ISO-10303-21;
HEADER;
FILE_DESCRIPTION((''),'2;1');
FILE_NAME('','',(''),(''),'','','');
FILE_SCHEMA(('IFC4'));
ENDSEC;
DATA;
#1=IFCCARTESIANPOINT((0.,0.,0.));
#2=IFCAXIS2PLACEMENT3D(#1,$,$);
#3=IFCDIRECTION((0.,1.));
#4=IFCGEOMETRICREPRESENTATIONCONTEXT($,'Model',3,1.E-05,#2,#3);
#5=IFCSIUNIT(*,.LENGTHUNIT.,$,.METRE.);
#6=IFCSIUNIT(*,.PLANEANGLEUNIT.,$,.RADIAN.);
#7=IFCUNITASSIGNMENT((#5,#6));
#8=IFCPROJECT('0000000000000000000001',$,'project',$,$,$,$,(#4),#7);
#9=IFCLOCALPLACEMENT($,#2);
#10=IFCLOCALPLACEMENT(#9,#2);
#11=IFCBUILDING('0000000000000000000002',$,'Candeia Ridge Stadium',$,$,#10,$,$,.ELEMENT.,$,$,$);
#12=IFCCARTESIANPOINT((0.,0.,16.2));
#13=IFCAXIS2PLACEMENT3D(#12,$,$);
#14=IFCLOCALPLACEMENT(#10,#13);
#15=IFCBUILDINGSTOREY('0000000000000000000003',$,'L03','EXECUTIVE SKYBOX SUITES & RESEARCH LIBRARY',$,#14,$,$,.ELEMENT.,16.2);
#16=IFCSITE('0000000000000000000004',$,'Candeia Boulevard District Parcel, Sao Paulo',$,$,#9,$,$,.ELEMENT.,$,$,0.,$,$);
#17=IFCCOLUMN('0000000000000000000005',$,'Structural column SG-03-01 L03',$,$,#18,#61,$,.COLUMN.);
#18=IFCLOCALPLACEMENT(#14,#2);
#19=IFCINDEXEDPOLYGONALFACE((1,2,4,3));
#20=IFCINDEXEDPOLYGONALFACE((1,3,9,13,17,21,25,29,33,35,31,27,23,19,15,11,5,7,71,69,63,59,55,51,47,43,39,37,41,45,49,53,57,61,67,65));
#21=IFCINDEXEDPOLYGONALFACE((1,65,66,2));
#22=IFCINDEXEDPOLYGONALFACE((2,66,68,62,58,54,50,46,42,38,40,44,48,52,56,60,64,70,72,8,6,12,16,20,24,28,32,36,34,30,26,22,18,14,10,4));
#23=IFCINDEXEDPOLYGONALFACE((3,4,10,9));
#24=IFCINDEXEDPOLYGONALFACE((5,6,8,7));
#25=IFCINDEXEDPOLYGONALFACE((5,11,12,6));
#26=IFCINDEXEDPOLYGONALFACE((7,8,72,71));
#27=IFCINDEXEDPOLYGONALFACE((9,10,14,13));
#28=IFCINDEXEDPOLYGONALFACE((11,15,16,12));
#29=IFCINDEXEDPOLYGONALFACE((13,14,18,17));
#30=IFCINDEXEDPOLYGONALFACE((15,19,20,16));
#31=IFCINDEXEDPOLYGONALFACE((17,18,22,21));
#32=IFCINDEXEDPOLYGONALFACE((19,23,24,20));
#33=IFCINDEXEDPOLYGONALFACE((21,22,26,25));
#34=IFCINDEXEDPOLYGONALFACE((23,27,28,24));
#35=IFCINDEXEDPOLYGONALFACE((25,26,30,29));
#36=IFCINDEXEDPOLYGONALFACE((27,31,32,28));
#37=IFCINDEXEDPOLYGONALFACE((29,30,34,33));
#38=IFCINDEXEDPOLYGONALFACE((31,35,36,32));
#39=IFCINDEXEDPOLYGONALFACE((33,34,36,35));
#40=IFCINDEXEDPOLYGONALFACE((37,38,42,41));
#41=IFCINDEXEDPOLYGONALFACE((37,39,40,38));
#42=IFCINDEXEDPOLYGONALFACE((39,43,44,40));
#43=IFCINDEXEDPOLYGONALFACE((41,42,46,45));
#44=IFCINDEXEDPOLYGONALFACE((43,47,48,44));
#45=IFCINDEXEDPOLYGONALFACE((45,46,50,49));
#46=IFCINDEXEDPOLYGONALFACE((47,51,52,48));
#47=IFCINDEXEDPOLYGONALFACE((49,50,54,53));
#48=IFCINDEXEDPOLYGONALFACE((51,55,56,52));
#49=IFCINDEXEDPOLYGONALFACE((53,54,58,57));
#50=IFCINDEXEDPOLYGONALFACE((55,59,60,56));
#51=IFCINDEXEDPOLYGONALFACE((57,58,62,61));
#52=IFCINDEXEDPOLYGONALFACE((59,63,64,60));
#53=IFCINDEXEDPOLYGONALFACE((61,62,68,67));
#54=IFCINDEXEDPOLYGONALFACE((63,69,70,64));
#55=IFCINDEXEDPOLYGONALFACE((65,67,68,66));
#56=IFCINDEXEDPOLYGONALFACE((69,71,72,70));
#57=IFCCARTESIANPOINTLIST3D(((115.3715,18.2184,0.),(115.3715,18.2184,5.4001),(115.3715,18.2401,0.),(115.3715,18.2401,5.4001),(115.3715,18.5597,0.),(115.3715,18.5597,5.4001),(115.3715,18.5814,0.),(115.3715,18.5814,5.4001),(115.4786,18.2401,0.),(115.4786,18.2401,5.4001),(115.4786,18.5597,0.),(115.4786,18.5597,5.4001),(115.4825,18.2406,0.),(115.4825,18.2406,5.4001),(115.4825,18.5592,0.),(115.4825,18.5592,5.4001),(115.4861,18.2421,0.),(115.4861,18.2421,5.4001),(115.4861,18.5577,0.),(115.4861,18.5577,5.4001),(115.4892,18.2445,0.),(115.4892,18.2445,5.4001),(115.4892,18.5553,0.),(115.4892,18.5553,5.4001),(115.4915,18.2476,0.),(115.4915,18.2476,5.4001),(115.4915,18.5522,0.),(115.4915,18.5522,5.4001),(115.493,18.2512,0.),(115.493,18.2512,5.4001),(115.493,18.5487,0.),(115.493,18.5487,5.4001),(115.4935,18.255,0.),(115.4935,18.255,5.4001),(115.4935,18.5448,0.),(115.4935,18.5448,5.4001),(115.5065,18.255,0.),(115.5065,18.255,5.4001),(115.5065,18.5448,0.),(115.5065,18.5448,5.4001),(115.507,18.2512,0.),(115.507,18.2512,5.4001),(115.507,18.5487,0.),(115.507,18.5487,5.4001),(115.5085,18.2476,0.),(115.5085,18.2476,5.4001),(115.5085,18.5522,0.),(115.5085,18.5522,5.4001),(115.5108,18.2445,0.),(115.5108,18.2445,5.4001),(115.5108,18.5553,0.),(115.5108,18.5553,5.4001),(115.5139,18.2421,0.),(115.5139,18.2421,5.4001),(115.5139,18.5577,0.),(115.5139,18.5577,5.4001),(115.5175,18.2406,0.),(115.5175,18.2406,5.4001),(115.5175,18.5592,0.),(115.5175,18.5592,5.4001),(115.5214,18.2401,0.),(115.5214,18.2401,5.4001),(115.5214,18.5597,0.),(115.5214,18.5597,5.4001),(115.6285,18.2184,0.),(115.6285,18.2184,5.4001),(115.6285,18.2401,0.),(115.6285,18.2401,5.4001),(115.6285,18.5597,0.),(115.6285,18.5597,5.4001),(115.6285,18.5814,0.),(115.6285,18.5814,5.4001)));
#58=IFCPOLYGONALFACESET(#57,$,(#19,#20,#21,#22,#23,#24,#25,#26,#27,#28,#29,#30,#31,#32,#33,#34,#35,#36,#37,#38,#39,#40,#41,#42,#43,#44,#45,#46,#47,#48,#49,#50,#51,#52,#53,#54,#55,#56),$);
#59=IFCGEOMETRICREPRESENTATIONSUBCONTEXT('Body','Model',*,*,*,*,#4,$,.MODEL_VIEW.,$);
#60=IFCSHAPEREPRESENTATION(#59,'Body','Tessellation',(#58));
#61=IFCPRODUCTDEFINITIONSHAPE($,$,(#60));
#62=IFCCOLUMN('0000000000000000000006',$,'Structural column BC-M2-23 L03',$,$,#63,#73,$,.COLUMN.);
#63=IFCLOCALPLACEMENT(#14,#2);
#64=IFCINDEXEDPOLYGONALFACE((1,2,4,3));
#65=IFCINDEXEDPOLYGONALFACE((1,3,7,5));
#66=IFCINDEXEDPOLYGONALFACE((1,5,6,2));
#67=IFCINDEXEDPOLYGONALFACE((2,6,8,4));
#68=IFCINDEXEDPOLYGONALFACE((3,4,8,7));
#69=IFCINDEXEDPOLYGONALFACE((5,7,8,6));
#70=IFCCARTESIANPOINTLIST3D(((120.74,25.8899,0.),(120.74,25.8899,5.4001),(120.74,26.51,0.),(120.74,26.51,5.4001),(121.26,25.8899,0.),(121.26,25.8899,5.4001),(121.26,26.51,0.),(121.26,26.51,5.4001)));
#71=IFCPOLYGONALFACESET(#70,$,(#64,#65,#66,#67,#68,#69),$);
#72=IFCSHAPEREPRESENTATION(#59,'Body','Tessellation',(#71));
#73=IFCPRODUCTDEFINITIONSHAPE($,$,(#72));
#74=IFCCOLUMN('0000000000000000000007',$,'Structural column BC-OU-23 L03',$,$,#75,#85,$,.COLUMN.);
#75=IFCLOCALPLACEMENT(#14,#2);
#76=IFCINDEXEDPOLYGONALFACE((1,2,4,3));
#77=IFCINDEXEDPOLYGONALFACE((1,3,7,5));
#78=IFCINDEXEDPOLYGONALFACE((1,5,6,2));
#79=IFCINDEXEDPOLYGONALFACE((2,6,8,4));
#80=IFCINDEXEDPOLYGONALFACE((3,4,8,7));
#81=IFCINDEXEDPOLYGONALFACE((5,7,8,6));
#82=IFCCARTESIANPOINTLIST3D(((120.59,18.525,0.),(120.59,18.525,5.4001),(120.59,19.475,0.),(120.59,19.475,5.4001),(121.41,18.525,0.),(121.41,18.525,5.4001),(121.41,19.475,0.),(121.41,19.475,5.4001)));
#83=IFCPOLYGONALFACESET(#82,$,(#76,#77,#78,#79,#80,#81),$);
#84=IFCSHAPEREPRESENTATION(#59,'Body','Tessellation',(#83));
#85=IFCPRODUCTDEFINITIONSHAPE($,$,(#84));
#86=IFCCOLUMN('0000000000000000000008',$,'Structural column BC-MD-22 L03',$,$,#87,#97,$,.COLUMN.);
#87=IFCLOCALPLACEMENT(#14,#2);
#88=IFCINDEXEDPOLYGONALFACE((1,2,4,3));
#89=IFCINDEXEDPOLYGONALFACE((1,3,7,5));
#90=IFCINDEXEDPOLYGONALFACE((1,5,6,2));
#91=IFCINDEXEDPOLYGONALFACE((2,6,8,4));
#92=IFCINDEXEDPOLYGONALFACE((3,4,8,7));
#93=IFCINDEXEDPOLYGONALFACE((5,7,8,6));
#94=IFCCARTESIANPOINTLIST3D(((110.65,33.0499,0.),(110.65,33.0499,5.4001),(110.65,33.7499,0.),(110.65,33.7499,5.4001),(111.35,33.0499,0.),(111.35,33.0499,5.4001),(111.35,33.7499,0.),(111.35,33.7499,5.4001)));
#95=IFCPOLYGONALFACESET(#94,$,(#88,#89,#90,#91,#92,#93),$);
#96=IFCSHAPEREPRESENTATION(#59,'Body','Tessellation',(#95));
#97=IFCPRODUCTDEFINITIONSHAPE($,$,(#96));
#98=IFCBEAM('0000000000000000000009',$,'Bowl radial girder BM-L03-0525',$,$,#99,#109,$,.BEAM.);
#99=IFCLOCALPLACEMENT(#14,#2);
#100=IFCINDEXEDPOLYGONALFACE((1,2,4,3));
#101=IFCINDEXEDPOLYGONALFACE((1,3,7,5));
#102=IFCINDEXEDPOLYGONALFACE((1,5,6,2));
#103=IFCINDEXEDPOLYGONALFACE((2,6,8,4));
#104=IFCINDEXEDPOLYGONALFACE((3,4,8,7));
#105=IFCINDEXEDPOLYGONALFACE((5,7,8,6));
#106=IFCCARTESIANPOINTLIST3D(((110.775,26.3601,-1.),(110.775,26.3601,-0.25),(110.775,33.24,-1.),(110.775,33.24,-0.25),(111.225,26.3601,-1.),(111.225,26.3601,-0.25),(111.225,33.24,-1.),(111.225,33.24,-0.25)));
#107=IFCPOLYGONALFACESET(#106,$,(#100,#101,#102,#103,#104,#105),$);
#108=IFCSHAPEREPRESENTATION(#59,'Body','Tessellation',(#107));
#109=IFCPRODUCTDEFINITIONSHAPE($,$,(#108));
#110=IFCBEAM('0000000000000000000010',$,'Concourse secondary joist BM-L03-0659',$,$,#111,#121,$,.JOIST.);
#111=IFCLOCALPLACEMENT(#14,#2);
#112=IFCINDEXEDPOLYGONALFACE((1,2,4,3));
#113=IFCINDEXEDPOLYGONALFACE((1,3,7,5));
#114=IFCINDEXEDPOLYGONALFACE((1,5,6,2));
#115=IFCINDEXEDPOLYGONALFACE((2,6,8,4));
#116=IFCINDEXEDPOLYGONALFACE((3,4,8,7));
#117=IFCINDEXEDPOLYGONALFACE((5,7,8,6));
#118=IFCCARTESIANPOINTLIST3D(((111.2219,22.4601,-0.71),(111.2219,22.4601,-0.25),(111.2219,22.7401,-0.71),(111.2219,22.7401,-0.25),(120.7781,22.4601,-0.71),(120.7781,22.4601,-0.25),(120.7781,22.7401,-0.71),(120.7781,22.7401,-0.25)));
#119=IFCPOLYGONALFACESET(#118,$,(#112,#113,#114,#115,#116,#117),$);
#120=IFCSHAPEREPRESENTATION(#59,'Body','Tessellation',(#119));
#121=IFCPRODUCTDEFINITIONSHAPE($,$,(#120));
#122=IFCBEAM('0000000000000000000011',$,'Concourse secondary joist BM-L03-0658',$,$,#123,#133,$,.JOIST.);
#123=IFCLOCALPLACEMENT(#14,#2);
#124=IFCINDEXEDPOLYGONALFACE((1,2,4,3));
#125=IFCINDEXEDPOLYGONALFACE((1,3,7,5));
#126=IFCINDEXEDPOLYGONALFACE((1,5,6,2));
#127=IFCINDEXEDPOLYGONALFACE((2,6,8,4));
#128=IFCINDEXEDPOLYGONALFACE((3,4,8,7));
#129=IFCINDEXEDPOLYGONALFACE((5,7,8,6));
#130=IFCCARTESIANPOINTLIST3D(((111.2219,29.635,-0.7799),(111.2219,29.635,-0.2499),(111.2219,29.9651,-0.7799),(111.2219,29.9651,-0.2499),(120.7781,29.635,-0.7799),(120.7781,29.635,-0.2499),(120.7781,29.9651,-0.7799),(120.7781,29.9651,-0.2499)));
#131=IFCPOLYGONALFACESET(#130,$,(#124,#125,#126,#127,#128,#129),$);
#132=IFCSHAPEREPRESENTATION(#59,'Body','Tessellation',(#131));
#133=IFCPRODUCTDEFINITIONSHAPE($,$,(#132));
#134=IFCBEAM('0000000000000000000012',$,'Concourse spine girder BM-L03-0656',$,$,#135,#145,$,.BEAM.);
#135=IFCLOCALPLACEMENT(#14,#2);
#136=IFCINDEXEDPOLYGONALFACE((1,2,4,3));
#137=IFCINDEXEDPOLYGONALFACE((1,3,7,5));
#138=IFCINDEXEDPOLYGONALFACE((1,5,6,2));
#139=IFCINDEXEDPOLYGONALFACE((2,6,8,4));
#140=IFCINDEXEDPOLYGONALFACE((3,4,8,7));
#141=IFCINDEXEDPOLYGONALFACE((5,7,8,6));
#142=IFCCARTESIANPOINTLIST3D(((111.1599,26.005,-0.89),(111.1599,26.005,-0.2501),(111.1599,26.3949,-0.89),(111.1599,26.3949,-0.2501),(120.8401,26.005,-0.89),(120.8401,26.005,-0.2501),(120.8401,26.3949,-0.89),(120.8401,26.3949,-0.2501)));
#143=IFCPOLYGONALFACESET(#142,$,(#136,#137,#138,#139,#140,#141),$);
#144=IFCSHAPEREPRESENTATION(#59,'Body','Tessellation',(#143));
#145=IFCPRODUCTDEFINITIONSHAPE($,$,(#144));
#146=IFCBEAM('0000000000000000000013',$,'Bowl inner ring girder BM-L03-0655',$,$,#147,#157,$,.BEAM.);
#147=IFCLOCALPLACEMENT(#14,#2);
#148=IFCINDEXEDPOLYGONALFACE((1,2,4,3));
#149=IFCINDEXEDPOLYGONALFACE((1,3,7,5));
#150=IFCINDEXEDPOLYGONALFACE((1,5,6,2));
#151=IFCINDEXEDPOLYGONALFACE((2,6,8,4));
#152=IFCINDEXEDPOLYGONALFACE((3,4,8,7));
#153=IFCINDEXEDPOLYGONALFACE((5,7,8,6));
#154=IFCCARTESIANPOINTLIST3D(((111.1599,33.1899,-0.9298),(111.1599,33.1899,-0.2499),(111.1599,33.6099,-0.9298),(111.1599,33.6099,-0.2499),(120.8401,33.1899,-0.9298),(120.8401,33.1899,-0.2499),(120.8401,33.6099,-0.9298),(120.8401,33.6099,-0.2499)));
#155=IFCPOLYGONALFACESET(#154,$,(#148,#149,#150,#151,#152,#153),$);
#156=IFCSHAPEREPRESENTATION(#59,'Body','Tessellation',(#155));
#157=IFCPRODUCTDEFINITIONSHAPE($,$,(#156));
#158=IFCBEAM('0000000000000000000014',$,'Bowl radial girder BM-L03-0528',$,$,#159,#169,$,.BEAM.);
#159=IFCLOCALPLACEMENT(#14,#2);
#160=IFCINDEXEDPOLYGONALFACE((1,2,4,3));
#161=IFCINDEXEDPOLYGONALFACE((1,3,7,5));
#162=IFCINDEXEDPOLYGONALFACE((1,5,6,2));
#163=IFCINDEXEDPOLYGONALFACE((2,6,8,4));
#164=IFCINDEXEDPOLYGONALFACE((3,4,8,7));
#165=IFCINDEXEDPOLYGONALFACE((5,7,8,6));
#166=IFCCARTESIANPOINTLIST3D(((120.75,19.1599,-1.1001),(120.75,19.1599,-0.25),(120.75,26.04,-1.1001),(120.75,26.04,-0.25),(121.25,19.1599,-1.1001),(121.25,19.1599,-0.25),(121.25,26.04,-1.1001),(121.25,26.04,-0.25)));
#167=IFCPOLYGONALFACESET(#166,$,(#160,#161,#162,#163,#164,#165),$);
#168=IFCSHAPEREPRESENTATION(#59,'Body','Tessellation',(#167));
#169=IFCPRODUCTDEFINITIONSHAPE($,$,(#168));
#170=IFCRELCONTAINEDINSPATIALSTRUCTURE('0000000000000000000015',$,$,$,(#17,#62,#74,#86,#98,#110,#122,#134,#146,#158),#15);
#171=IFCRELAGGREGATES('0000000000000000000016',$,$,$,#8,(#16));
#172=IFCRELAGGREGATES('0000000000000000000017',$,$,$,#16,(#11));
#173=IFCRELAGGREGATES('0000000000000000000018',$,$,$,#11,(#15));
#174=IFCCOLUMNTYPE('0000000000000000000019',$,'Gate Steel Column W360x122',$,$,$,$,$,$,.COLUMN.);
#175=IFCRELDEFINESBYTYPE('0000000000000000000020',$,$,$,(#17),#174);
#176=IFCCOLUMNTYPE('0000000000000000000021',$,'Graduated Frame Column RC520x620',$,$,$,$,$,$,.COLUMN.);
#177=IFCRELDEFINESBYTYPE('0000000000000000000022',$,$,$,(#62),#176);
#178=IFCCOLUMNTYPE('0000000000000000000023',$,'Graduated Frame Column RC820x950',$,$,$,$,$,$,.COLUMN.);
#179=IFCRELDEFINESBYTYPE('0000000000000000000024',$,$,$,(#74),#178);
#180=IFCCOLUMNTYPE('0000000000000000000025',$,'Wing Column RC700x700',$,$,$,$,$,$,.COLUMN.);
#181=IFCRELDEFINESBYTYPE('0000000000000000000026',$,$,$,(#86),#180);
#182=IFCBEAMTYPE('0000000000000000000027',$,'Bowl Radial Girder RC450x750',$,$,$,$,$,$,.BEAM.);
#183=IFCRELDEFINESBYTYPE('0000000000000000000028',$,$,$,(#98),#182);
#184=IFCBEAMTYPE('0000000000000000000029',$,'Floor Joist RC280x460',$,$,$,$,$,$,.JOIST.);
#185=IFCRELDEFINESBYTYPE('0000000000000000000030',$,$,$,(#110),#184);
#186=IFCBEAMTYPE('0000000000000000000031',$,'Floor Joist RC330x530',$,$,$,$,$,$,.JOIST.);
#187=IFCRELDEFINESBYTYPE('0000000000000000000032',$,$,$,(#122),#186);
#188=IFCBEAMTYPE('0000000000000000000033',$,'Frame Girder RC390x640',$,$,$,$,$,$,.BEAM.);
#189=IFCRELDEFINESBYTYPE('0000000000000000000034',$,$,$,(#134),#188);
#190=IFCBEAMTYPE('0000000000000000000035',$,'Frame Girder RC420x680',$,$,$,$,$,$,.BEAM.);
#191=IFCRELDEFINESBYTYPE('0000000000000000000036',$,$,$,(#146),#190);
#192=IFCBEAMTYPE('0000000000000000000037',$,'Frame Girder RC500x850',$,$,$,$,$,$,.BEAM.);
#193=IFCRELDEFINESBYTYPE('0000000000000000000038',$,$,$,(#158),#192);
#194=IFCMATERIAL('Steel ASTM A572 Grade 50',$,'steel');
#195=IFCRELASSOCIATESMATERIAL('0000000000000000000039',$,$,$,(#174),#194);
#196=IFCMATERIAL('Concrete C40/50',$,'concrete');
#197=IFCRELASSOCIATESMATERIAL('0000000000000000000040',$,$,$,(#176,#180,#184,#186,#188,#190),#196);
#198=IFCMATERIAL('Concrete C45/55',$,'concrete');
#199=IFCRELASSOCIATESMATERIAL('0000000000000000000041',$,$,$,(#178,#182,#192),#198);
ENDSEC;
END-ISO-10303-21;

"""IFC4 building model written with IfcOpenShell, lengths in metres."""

from ifc_helpers import new_model, si_unit, direction, frame, origin, origin_2d, place, context, subcontext, project, spatial, rectangle, i_section, extrude, material, material_profile, profile_set, type_object, element, save


model = new_model("IFC4")

# Units and contexts
model_context = context("Model", 3, precision=1e-05, world=origin(), true_north=direction((0.0, 1.0)))
body_context = subcontext(model_context, "Body", "Model", "MODEL_VIEW")
ifc_project = project(units=[si_unit("LENGTHUNIT", "METRE"), si_unit("PLANEANGLEUNIT", "RADIAN")], contexts=[model_context])

# Site, building, storey
site_placement = place(None, origin())
site = spatial("IfcSite", under=ifc_project, at=site_placement, Name="Candeia Boulevard District Parcel, Sao Paulo", CompositionType="ELEMENT", RefElevation=0.0)
building_placement = place(site_placement, origin())
building = spatial("IfcBuilding", under=site, at=building_placement, Name="Candeia Ridge Stadium", CompositionType="ELEMENT")
storey_placement = place(building_placement, frame((0.0, 0.0, 16.2)))
storey = spatial("IfcBuildingStorey", under=building, at=storey_placement, Name="L03", Description="EXECUTIVE SKYBOX SUITES & RESEARCH LIBRARY", CompositionType="ELEMENT", Elevation=16.2)

# Columns
ifc_material_1 = material(Name="Steel ASTM A572 Grade 50", Category="steel")
ifc_material_profile_1 = material_profile(ifc_material_1, i_section(OverallWidth=0.2571, OverallDepth=0.363, WebThickness=0.0129, FlangeThickness=0.0217, FilletRadius=0.0149, at=origin_2d()), Name="W360x122", Category="steel")
ifc_profile_set_1 = profile_set([ifc_material_profile_1], Name="Steel ASTM A572 Grade 50")
column_type_1 = type_object("IfcColumnType", Name="Gate Steel Column W360x122", PredefinedType="COLUMN", material=ifc_profile_set_1)
column_1_placement = place(storey_placement, frame((115.5, 18.3999, 0.0), z_axis=(0.0, 0.0, 1.0), x_axis=(1.0, 0.0, 0.0)))
element("IfcColumn", 1, at=column_1_placement, inside=storey, type_object=column_type_1, Name="Structural column SG-03-01 L03", PredefinedType="COLUMN", context=body_context, shape_type="SweptSolid", body=[
    extrude(i_section(OverallWidth=0.2571, OverallDepth=0.363, WebThickness=0.0129, FlangeThickness=0.0217, FilletRadius=0.0149, at=origin_2d()), origin(), (0.0, 0.0, 1.0), 5.4001),
])
ifc_material_2 = material(Name="Concrete C40/50", Category="concrete")
ifc_material_profile_2 = material_profile(ifc_material_2, rectangle(XDim=0.52, YDim=0.6201, at=origin_2d()), Name="RC520x620", Category="concrete")
ifc_profile_set_2 = profile_set([ifc_material_profile_2], Name="Concrete C40/50")
column_type_2 = type_object("IfcColumnType", Name="Graduated Frame Column RC520x620", PredefinedType="COLUMN", material=ifc_profile_set_2)
column_2_placement = place(storey_placement, frame((121.0, 26.2, 0.0), z_axis=(0.0, 0.0, 1.0), x_axis=(1.0, 0.0, 0.0)))
element("IfcColumn", 2, at=column_2_placement, inside=storey, type_object=column_type_2, Name="Structural column BC-M2-23 L03", PredefinedType="COLUMN", context=body_context, shape_type="SweptSolid", body=[
    extrude(rectangle(XDim=0.52, YDim=0.6201, at=origin_2d()), origin(), (0.0, 0.0, 1.0), 5.4001),
])
ifc_material_3 = material(Name="Concrete C45/55", Category="concrete")
ifc_material_profile_3 = material_profile(ifc_material_3, rectangle(XDim=0.8201, YDim=0.95, at=origin_2d()), Name="RC820x950", Category="concrete")
ifc_profile_set_3 = profile_set([ifc_material_profile_3], Name="Concrete C45/55")
column_type_3 = type_object("IfcColumnType", Name="Graduated Frame Column RC820x950", PredefinedType="COLUMN", material=ifc_profile_set_3)
column_3_placement = place(storey_placement, frame((121.0, 19.0, 0.0), z_axis=(0.0, 0.0, 1.0), x_axis=(1.0, 0.0, 0.0)))
element("IfcColumn", 3, at=column_3_placement, inside=storey, type_object=column_type_3, Name="Structural column BC-OU-23 L03", PredefinedType="COLUMN", context=body_context, shape_type="SweptSolid", body=[
    extrude(rectangle(XDim=0.8201, YDim=0.95, at=origin_2d()), origin(), (0.0, 0.0, 1.0), 5.4001),
])
ifc_material_profile_4 = material_profile(ifc_material_2, rectangle(XDim=0.7, YDim=0.7, at=origin_2d()), Name="RC700x700", Category="concrete")
ifc_profile_set_4 = profile_set([ifc_material_profile_4], Name="Concrete C40/50")
column_type_4 = type_object("IfcColumnType", Name="Wing Column RC700x700", PredefinedType="COLUMN", material=ifc_profile_set_4)
column_4_placement = place(storey_placement, frame((111.0, 33.3999, 0.0), z_axis=(0.0, 0.0, 1.0), x_axis=(1.0, 0.0, 0.0)))
element("IfcColumn", 4, at=column_4_placement, inside=storey, type_object=column_type_4, Name="Structural column BC-MD-22 L03", PredefinedType="COLUMN", context=body_context, shape_type="SweptSolid", body=[
    extrude(rectangle(XDim=0.7, YDim=0.7, at=origin_2d()), origin(), (0.0, 0.0, 1.0), 5.4001),
])

# Beams
ifc_material_profile_5 = material_profile(ifc_material_3, rectangle(XDim=0.45, YDim=0.75, at=origin_2d()), Name="RC450x750", Category="concrete")
ifc_profile_set_5 = profile_set([ifc_material_profile_5], Name="Concrete C45/55")
beam_type_1 = type_object("IfcBeamType", Name="Bowl Radial Girder RC450x750", PredefinedType="BEAM", material=ifc_profile_set_5)
beam_1_placement = place(storey_placement, frame((111.0, 33.24, -0.625), z_axis=(0.0, -1.0, 0.0), x_axis=(1.0, 0.0, 0.0)))
element("IfcBeam", 5, at=beam_1_placement, inside=storey, type_object=beam_type_1, Name="Bowl radial girder BM-L03-0525", PredefinedType="BEAM", context=body_context, shape_type="SweptSolid", body=[
    extrude(rectangle(XDim=0.45, YDim=0.75, at=origin_2d()), origin(), (0.0, 0.0, 1.0), 6.8799),
])
ifc_material_profile_6 = material_profile(ifc_material_2, rectangle(XDim=0.28, YDim=0.46, at=origin_2d()), Name="RC280x460", Category="concrete")
ifc_profile_set_6 = profile_set([ifc_material_profile_6], Name="Concrete C40/50")
beam_type_2 = type_object("IfcBeamType", Name="Floor Joist RC280x460", PredefinedType="JOIST", material=ifc_profile_set_6)
beam_2_placement = place(storey_placement, frame((111.2219, 22.6001, -0.48), z_axis=(1.0, 0.0, 0.0), x_axis=(0.0, 1.0, 0.0)))
element("IfcBeam", 6, at=beam_2_placement, inside=storey, type_object=beam_type_2, Name="Concourse secondary joist BM-L03-0659", PredefinedType="JOIST", context=body_context, shape_type="SweptSolid", body=[
    extrude(rectangle(XDim=0.28, YDim=0.46, at=origin_2d()), origin(), (0.0, 0.0, 1.0), 9.5562),
])
ifc_material_profile_7 = material_profile(ifc_material_2, rectangle(XDim=0.3301, YDim=0.53, at=origin_2d()), Name="RC330x530", Category="concrete")
ifc_profile_set_7 = profile_set([ifc_material_profile_7], Name="Concrete C40/50")
beam_type_3 = type_object("IfcBeamType", Name="Floor Joist RC330x530", PredefinedType="JOIST", material=ifc_profile_set_7)
beam_3_placement = place(storey_placement, frame((111.2219, 29.8, -0.5149), z_axis=(1.0, 0.0, 0.0), x_axis=(0.0, 1.0, 0.0)))
element("IfcBeam", 7, at=beam_3_placement, inside=storey, type_object=beam_type_3, Name="Concourse secondary joist BM-L03-0658", PredefinedType="JOIST", context=body_context, shape_type="SweptSolid", body=[
    extrude(rectangle(XDim=0.3301, YDim=0.53, at=origin_2d()), origin(), (0.0, 0.0, 1.0), 9.5562),
])
ifc_material_profile_8 = material_profile(ifc_material_2, rectangle(XDim=0.3899, YDim=0.6399, at=origin_2d()), Name="RC390x640", Category="concrete")
ifc_profile_set_8 = profile_set([ifc_material_profile_8], Name="Concrete C40/50")
beam_type_4 = type_object("IfcBeamType", Name="Frame Girder RC390x640", PredefinedType="BEAM", material=ifc_profile_set_8)
beam_4_placement = place(storey_placement, frame((111.1599, 26.2, -0.5701), z_axis=(1.0, 0.0, 0.0), x_axis=(0.0, 1.0, 0.0)))
element("IfcBeam", 8, at=beam_4_placement, inside=storey, type_object=beam_type_4, Name="Concourse spine girder BM-L03-0656", PredefinedType="BEAM", context=body_context, shape_type="SweptSolid", body=[
    extrude(rectangle(XDim=0.3899, YDim=0.6399, at=origin_2d()), origin(), (0.0, 0.0, 1.0), 9.6802),
])
ifc_material_profile_9 = material_profile(ifc_material_2, rectangle(XDim=0.4199, YDim=0.6799, at=origin_2d()), Name="RC420x680", Category="concrete")
ifc_profile_set_9 = profile_set([ifc_material_profile_9], Name="Concrete C40/50")
beam_type_5 = type_object("IfcBeamType", Name="Frame Girder RC420x680", PredefinedType="BEAM", material=ifc_profile_set_9)
beam_5_placement = place(storey_placement, frame((111.1599, 33.3999, -0.5898), z_axis=(1.0, 0.0, 0.0), x_axis=(0.0, 1.0, 0.0)))
element("IfcBeam", 9, at=beam_5_placement, inside=storey, type_object=beam_type_5, Name="Bowl inner ring girder BM-L03-0655", PredefinedType="BEAM", context=body_context, shape_type="SweptSolid", body=[
    extrude(rectangle(XDim=0.4199, YDim=0.6799, at=origin_2d()), origin(), (0.0, 0.0, 1.0), 9.6802),
])
ifc_material_profile_10 = material_profile(ifc_material_3, rectangle(XDim=0.5, YDim=0.8501, at=origin_2d()), Name="RC500x850", Category="concrete")
ifc_profile_set_10 = profile_set([ifc_material_profile_10], Name="Concrete C45/55")
beam_type_6 = type_object("IfcBeamType", Name="Frame Girder RC500x850", PredefinedType="BEAM", material=ifc_profile_set_10)
beam_6_placement = place(storey_placement, frame((121.0, 26.04, -0.675), z_axis=(0.0, -1.0, 0.0), x_axis=(1.0, 0.0, 0.0)))
element("IfcBeam", 10, at=beam_6_placement, inside=storey, type_object=beam_type_6, Name="Bowl radial girder BM-L03-0528", PredefinedType="BEAM", context=body_context, shape_type="SweptSolid", body=[
    extrude(rectangle(XDim=0.5, YDim=0.8501, at=origin_2d()), origin(), (0.0, 0.0, 1.0), 6.8801),
])

save(model, "model.ifc")
